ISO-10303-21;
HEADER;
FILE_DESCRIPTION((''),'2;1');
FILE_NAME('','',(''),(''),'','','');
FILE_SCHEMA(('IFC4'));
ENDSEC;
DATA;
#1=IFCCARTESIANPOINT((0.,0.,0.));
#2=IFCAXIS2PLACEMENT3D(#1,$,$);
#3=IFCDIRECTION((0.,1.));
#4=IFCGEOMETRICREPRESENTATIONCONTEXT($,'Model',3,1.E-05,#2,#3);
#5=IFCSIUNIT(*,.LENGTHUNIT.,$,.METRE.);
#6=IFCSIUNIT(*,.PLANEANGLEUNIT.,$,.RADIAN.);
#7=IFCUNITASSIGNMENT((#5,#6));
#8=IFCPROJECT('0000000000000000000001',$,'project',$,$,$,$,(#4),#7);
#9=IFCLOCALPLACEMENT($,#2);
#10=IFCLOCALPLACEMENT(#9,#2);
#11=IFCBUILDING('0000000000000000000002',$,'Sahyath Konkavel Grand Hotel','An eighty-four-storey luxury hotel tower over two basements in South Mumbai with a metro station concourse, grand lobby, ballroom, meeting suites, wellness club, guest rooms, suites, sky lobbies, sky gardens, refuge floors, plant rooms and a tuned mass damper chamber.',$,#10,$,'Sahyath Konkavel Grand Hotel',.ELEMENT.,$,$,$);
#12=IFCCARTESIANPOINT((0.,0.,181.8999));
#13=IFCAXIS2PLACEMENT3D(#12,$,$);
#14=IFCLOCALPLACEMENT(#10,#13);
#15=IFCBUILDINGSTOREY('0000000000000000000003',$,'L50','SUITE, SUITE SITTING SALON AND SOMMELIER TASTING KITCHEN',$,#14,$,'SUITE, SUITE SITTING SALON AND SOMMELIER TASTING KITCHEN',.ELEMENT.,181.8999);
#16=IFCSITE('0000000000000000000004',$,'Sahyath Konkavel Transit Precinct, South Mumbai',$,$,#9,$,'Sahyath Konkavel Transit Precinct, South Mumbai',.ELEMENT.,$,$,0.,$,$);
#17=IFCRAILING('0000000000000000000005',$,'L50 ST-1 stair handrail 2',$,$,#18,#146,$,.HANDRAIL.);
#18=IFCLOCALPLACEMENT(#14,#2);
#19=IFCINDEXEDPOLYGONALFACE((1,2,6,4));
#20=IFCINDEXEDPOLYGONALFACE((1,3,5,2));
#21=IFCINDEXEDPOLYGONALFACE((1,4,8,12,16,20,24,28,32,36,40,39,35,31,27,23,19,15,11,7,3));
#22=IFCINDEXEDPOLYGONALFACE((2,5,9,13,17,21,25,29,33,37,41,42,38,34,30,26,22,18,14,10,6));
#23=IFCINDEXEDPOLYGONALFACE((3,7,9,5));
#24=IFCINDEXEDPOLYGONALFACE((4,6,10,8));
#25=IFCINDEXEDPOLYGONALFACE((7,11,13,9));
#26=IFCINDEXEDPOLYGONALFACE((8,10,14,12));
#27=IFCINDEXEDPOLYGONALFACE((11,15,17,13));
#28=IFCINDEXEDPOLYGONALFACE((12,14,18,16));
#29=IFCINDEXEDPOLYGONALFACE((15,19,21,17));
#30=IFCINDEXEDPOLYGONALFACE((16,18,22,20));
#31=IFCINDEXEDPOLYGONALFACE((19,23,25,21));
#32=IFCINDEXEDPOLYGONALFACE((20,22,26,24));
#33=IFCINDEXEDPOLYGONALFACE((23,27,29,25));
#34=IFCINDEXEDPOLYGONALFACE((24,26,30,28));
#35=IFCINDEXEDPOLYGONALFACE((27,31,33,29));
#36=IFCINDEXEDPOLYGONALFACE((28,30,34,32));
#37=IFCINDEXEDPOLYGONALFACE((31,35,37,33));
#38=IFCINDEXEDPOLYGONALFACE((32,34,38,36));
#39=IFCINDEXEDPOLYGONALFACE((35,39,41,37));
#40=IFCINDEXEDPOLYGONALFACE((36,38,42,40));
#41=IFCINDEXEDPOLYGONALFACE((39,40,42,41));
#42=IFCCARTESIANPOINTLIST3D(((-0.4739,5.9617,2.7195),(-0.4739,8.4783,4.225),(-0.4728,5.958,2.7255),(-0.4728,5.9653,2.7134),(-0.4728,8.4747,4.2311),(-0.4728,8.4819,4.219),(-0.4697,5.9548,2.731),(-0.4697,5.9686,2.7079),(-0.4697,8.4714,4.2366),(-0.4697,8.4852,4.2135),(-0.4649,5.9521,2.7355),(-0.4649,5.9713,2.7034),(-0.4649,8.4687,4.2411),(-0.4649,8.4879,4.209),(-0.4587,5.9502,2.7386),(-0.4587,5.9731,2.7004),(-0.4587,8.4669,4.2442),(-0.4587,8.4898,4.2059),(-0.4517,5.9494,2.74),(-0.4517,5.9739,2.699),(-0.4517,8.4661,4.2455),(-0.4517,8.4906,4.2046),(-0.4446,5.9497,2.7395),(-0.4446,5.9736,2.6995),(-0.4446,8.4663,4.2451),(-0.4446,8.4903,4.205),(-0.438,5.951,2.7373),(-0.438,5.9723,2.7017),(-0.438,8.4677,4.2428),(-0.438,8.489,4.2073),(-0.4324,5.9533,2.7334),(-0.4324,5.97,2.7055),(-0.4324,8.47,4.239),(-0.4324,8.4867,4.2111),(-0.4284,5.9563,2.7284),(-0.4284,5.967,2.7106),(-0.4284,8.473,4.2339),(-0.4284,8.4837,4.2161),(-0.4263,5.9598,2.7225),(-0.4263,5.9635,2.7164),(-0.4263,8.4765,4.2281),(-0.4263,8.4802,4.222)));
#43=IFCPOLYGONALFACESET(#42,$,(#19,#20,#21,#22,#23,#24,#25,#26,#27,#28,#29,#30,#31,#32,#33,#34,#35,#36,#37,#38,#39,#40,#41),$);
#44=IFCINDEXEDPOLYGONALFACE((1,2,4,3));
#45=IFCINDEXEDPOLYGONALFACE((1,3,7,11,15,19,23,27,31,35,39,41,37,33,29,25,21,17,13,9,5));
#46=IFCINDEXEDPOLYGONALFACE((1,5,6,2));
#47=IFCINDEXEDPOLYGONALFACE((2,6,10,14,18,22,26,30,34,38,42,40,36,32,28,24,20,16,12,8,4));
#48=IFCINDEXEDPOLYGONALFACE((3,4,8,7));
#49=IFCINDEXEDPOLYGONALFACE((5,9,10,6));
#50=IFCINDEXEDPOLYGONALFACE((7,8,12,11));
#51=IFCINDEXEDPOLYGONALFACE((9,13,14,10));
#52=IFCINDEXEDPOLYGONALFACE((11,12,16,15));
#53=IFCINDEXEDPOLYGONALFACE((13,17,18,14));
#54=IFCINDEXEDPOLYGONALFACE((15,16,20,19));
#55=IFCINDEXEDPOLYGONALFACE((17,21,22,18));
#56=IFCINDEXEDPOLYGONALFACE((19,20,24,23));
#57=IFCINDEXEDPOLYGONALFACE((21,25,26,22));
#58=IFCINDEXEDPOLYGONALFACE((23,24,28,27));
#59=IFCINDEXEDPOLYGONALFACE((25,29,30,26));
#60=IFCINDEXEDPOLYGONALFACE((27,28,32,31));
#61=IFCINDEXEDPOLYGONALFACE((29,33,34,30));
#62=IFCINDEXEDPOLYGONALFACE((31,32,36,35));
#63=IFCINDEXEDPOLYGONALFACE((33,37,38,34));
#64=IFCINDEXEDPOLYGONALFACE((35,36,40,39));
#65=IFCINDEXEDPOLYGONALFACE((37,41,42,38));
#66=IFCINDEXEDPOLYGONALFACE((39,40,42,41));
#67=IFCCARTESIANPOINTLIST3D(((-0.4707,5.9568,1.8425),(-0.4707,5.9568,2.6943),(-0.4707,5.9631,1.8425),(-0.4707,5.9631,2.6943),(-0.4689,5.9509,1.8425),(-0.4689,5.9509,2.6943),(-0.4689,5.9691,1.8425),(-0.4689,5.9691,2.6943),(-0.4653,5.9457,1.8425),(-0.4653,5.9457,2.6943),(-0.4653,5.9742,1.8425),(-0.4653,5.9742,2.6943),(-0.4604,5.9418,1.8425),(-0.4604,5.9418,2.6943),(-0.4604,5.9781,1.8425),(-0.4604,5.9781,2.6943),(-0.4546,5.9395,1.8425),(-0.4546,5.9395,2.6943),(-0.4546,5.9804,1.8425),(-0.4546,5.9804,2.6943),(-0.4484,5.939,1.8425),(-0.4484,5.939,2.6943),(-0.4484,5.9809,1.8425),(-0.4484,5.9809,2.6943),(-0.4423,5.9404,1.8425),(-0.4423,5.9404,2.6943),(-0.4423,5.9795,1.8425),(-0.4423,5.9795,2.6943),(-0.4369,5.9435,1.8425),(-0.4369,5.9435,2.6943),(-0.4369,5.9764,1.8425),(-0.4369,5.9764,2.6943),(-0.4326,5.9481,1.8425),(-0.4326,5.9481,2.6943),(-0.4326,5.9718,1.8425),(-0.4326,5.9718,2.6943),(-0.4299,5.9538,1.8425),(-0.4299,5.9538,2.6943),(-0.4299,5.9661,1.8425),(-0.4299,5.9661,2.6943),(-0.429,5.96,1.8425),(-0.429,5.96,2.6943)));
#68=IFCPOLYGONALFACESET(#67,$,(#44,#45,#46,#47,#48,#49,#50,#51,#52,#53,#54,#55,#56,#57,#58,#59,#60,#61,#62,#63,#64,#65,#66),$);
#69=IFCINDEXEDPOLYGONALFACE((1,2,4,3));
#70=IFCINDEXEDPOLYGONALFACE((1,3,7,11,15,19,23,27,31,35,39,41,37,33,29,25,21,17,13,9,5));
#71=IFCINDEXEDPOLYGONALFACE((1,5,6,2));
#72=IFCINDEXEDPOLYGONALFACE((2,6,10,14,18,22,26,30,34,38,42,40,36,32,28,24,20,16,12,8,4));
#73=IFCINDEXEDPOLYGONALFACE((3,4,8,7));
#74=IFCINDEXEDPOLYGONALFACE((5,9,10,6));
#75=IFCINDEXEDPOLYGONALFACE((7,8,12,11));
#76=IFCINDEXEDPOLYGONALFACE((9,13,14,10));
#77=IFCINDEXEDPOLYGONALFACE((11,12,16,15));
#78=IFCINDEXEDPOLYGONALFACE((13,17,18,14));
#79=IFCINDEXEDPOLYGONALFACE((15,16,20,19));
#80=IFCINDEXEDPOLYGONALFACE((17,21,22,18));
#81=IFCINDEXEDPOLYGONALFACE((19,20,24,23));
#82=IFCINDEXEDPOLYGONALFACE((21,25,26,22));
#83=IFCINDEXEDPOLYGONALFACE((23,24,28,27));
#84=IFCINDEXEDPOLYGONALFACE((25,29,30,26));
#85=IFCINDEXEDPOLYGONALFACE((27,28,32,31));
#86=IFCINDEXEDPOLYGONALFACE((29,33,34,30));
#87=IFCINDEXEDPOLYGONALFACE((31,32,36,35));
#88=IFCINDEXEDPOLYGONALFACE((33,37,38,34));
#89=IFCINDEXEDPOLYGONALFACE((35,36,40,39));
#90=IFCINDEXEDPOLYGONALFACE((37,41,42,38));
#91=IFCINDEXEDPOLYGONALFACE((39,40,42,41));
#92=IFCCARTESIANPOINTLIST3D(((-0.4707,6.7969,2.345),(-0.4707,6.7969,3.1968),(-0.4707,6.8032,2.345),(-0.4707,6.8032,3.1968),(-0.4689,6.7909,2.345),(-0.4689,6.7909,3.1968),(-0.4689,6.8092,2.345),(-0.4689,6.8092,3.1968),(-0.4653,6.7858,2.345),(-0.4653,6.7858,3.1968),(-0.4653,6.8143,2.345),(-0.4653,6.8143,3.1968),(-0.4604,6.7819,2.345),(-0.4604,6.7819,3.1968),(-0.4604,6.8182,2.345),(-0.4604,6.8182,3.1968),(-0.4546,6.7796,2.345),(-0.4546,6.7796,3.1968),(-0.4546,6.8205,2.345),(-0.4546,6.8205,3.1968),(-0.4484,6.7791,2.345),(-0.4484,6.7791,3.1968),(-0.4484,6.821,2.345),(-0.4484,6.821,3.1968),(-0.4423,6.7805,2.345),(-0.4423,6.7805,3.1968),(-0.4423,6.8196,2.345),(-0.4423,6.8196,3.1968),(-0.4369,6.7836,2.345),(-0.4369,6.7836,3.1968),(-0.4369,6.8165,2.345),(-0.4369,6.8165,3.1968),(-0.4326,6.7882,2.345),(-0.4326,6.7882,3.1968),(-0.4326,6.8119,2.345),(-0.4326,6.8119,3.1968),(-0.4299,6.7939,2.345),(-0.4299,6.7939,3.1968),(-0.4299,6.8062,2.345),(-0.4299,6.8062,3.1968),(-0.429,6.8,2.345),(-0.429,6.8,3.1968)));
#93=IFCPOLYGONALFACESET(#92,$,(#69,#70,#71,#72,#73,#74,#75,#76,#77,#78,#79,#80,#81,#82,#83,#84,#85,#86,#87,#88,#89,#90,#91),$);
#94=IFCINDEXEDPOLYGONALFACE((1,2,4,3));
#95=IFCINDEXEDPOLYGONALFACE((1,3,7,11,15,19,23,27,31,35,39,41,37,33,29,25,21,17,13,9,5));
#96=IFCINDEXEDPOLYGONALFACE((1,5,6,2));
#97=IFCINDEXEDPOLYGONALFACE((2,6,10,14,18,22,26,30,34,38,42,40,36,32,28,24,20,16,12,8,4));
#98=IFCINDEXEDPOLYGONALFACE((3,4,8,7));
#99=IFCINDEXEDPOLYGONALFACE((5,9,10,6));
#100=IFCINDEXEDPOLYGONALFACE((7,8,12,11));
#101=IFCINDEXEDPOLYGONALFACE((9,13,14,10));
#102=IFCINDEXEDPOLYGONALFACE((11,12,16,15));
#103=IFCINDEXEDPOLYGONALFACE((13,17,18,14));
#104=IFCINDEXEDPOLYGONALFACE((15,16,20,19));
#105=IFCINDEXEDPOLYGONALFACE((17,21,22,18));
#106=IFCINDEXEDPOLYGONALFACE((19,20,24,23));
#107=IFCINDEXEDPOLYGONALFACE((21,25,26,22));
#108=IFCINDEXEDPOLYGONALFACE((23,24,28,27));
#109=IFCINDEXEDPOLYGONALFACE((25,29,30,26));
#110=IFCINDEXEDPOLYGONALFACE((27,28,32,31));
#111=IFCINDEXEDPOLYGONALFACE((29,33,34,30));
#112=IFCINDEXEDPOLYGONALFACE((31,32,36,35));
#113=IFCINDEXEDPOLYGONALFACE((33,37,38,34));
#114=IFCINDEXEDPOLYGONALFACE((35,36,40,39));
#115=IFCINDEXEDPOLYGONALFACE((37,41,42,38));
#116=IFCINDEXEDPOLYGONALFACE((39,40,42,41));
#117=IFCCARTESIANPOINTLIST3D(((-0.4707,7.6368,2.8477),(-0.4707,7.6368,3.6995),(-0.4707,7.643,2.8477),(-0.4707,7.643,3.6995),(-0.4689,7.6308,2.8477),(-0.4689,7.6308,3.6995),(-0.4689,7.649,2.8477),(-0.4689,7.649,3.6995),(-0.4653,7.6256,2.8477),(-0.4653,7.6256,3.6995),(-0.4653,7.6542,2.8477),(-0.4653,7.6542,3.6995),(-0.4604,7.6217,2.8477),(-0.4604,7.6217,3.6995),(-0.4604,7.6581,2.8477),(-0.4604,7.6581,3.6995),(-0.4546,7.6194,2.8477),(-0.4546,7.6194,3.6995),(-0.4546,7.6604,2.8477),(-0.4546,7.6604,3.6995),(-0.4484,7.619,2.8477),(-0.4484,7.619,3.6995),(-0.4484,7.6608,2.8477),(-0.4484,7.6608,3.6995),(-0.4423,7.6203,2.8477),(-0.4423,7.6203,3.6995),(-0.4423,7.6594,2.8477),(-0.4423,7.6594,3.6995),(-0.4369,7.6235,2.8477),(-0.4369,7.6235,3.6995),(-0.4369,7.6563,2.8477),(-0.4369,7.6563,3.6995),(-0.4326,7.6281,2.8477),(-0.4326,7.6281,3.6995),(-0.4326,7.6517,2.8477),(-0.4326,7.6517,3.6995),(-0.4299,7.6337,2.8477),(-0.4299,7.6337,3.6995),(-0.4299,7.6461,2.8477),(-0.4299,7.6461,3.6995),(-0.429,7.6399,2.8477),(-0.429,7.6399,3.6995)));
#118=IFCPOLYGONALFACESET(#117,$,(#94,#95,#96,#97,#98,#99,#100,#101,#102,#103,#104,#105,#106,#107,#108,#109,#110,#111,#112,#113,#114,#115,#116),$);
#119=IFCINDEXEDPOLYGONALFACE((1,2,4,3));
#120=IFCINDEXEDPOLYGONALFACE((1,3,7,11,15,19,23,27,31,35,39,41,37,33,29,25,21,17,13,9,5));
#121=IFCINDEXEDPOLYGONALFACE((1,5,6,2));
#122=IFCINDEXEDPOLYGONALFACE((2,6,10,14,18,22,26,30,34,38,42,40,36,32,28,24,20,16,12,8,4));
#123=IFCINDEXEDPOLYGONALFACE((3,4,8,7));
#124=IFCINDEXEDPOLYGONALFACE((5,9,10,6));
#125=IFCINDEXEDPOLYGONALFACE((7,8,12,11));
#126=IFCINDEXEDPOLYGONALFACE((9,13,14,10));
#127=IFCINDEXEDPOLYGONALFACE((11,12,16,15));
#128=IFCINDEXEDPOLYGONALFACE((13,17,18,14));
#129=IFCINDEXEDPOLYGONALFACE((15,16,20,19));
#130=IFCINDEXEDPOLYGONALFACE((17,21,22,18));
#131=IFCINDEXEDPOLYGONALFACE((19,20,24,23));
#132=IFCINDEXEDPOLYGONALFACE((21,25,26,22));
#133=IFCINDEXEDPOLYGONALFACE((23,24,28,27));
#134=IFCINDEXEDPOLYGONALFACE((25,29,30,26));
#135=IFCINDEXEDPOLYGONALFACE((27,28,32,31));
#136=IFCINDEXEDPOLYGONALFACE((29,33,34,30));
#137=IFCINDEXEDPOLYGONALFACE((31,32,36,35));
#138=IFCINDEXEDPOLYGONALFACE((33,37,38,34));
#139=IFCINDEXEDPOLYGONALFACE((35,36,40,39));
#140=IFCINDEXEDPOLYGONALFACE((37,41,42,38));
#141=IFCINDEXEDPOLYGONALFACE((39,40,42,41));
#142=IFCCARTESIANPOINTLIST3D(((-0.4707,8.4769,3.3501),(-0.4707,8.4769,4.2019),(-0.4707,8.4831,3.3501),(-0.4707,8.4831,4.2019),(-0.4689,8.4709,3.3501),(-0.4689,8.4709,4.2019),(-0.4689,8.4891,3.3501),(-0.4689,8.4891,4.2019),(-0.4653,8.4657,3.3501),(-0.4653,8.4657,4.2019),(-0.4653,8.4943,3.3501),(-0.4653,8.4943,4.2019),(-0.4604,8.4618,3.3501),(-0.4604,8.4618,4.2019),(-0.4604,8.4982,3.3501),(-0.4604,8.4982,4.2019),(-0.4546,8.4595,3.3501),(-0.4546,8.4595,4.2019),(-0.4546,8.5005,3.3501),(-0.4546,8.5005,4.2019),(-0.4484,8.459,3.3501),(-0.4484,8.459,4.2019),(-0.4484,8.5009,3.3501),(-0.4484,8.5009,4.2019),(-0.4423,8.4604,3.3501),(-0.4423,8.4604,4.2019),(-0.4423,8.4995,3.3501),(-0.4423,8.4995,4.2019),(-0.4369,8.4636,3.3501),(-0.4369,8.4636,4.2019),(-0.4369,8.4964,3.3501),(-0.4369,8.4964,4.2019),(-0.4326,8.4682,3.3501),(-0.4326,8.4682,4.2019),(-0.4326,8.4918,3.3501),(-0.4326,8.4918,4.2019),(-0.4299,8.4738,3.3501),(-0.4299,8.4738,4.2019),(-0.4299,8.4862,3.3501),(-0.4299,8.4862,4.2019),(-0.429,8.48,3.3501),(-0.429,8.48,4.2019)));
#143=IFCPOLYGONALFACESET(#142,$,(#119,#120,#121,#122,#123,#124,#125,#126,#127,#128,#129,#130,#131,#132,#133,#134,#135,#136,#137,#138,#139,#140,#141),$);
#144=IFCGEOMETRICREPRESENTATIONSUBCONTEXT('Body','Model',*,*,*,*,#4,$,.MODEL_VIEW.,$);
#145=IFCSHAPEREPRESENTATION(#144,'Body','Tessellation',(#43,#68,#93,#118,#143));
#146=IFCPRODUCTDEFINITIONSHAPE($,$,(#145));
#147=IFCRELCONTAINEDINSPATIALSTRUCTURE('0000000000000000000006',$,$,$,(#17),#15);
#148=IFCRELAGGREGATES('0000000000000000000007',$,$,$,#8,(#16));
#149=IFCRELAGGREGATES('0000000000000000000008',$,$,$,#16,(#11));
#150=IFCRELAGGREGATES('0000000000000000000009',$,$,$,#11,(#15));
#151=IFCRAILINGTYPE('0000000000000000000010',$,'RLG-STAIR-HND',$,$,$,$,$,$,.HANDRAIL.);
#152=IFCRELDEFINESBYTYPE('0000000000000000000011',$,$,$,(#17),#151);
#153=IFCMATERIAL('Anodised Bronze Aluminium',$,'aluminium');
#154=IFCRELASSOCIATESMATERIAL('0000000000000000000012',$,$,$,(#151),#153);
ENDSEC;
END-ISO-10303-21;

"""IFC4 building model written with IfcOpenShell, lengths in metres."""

from ifc_helpers import new_model, si_unit, direction, frame, origin, origin_2d, place, context, subcontext, project, spatial, circle, extrude, material, type_object, element, save


model = new_model("IFC4")

# Units and contexts
model_context = context("Model", 3, precision=1e-05, world=origin(), true_north=direction((0.0, 1.0)))
body_context = subcontext(model_context, "Body", "Model", "MODEL_VIEW")
ifc_project = project(units=[si_unit("LENGTHUNIT", "METRE"), si_unit("PLANEANGLEUNIT", "RADIAN")], contexts=[model_context])

# Site, building, storey
site_placement = place(None, origin())
site = spatial("IfcSite", under=ifc_project, at=site_placement, Name="Sahyath Konkavel Transit Precinct, South Mumbai", LongName="Sahyath Konkavel Transit Precinct, South Mumbai", CompositionType="ELEMENT", RefElevation=0.0)
building_placement = place(site_placement, origin())
building = spatial("IfcBuilding", under=site, at=building_placement, Name="Sahyath Konkavel Grand Hotel", Description="An eighty-four-storey luxury hotel tower over two basements in South Mumbai with a metro station concourse, grand lobby, ballroom, meeting suites, wellness club, guest rooms, suites, sky lobbies, sky gardens, refuge floors, plant rooms and a tuned mass damper chamber.", LongName="Sahyath Konkavel Grand Hotel", CompositionType="ELEMENT")
storey_placement = place(building_placement, frame((0.0, 0.0, 181.8999)))
storey = spatial("IfcBuildingStorey", under=building, at=storey_placement, Name="L50", Description="SUITE, SUITE SITTING SALON AND SOMMELIER TASTING KITCHEN", LongName="SUITE, SUITE SITTING SALON AND SOMMELIER TASTING KITCHEN", CompositionType="ELEMENT", Elevation=181.8999)

# Shared definitions
ifc_material_1 = material(Name="Anodised Bronze Aluminium", Category="aluminium")

# Railing
railing_type_1 = type_object("IfcRailingType", Name="RLG-STAIR-HND", PredefinedType="HANDRAIL", material=ifc_material_1)
railing_1_placement = place(storey_placement, frame((-0.45, 5.96, 1.8425)))
element("IfcRailing", 1, at=railing_1_placement, inside=storey, type_object=railing_type_1, Name="L50 ST-1 stair handrail 2", PredefinedType="HANDRAIL", context=body_context, shape_type="SweptSolid", body=[
    extrude(circle(Radius=0.0239, at=origin_2d()), frame((0.0, 0.0017, 0.877), z_axis=(0.0, 0.85816, 0.513383), x_axis=(-1.0, 0.0, 0.0)), (0.0, 0.0, 1.0), 2.9326),
    extrude(circle(Radius=0.021, at=origin_2d()), origin(), (0.0, 0.0, 1.0), 0.8518),
    extrude(circle(Radius=0.021, at=origin_2d()), frame((0.0, 0.8401, 0.5024)), (0.0, 0.0, 1.0), 0.8518),
    extrude(circle(Radius=0.021, at=origin_2d()), frame((0.0, 1.6799, 1.0051)), (0.0, 0.0, 1.0), 0.8518),
    extrude(circle(Radius=0.021, at=origin_2d()), frame((0.0, 2.52, 1.5076)), (0.0, 0.0, 1.0), 0.8518),
])

save(model, "model.ifc")
